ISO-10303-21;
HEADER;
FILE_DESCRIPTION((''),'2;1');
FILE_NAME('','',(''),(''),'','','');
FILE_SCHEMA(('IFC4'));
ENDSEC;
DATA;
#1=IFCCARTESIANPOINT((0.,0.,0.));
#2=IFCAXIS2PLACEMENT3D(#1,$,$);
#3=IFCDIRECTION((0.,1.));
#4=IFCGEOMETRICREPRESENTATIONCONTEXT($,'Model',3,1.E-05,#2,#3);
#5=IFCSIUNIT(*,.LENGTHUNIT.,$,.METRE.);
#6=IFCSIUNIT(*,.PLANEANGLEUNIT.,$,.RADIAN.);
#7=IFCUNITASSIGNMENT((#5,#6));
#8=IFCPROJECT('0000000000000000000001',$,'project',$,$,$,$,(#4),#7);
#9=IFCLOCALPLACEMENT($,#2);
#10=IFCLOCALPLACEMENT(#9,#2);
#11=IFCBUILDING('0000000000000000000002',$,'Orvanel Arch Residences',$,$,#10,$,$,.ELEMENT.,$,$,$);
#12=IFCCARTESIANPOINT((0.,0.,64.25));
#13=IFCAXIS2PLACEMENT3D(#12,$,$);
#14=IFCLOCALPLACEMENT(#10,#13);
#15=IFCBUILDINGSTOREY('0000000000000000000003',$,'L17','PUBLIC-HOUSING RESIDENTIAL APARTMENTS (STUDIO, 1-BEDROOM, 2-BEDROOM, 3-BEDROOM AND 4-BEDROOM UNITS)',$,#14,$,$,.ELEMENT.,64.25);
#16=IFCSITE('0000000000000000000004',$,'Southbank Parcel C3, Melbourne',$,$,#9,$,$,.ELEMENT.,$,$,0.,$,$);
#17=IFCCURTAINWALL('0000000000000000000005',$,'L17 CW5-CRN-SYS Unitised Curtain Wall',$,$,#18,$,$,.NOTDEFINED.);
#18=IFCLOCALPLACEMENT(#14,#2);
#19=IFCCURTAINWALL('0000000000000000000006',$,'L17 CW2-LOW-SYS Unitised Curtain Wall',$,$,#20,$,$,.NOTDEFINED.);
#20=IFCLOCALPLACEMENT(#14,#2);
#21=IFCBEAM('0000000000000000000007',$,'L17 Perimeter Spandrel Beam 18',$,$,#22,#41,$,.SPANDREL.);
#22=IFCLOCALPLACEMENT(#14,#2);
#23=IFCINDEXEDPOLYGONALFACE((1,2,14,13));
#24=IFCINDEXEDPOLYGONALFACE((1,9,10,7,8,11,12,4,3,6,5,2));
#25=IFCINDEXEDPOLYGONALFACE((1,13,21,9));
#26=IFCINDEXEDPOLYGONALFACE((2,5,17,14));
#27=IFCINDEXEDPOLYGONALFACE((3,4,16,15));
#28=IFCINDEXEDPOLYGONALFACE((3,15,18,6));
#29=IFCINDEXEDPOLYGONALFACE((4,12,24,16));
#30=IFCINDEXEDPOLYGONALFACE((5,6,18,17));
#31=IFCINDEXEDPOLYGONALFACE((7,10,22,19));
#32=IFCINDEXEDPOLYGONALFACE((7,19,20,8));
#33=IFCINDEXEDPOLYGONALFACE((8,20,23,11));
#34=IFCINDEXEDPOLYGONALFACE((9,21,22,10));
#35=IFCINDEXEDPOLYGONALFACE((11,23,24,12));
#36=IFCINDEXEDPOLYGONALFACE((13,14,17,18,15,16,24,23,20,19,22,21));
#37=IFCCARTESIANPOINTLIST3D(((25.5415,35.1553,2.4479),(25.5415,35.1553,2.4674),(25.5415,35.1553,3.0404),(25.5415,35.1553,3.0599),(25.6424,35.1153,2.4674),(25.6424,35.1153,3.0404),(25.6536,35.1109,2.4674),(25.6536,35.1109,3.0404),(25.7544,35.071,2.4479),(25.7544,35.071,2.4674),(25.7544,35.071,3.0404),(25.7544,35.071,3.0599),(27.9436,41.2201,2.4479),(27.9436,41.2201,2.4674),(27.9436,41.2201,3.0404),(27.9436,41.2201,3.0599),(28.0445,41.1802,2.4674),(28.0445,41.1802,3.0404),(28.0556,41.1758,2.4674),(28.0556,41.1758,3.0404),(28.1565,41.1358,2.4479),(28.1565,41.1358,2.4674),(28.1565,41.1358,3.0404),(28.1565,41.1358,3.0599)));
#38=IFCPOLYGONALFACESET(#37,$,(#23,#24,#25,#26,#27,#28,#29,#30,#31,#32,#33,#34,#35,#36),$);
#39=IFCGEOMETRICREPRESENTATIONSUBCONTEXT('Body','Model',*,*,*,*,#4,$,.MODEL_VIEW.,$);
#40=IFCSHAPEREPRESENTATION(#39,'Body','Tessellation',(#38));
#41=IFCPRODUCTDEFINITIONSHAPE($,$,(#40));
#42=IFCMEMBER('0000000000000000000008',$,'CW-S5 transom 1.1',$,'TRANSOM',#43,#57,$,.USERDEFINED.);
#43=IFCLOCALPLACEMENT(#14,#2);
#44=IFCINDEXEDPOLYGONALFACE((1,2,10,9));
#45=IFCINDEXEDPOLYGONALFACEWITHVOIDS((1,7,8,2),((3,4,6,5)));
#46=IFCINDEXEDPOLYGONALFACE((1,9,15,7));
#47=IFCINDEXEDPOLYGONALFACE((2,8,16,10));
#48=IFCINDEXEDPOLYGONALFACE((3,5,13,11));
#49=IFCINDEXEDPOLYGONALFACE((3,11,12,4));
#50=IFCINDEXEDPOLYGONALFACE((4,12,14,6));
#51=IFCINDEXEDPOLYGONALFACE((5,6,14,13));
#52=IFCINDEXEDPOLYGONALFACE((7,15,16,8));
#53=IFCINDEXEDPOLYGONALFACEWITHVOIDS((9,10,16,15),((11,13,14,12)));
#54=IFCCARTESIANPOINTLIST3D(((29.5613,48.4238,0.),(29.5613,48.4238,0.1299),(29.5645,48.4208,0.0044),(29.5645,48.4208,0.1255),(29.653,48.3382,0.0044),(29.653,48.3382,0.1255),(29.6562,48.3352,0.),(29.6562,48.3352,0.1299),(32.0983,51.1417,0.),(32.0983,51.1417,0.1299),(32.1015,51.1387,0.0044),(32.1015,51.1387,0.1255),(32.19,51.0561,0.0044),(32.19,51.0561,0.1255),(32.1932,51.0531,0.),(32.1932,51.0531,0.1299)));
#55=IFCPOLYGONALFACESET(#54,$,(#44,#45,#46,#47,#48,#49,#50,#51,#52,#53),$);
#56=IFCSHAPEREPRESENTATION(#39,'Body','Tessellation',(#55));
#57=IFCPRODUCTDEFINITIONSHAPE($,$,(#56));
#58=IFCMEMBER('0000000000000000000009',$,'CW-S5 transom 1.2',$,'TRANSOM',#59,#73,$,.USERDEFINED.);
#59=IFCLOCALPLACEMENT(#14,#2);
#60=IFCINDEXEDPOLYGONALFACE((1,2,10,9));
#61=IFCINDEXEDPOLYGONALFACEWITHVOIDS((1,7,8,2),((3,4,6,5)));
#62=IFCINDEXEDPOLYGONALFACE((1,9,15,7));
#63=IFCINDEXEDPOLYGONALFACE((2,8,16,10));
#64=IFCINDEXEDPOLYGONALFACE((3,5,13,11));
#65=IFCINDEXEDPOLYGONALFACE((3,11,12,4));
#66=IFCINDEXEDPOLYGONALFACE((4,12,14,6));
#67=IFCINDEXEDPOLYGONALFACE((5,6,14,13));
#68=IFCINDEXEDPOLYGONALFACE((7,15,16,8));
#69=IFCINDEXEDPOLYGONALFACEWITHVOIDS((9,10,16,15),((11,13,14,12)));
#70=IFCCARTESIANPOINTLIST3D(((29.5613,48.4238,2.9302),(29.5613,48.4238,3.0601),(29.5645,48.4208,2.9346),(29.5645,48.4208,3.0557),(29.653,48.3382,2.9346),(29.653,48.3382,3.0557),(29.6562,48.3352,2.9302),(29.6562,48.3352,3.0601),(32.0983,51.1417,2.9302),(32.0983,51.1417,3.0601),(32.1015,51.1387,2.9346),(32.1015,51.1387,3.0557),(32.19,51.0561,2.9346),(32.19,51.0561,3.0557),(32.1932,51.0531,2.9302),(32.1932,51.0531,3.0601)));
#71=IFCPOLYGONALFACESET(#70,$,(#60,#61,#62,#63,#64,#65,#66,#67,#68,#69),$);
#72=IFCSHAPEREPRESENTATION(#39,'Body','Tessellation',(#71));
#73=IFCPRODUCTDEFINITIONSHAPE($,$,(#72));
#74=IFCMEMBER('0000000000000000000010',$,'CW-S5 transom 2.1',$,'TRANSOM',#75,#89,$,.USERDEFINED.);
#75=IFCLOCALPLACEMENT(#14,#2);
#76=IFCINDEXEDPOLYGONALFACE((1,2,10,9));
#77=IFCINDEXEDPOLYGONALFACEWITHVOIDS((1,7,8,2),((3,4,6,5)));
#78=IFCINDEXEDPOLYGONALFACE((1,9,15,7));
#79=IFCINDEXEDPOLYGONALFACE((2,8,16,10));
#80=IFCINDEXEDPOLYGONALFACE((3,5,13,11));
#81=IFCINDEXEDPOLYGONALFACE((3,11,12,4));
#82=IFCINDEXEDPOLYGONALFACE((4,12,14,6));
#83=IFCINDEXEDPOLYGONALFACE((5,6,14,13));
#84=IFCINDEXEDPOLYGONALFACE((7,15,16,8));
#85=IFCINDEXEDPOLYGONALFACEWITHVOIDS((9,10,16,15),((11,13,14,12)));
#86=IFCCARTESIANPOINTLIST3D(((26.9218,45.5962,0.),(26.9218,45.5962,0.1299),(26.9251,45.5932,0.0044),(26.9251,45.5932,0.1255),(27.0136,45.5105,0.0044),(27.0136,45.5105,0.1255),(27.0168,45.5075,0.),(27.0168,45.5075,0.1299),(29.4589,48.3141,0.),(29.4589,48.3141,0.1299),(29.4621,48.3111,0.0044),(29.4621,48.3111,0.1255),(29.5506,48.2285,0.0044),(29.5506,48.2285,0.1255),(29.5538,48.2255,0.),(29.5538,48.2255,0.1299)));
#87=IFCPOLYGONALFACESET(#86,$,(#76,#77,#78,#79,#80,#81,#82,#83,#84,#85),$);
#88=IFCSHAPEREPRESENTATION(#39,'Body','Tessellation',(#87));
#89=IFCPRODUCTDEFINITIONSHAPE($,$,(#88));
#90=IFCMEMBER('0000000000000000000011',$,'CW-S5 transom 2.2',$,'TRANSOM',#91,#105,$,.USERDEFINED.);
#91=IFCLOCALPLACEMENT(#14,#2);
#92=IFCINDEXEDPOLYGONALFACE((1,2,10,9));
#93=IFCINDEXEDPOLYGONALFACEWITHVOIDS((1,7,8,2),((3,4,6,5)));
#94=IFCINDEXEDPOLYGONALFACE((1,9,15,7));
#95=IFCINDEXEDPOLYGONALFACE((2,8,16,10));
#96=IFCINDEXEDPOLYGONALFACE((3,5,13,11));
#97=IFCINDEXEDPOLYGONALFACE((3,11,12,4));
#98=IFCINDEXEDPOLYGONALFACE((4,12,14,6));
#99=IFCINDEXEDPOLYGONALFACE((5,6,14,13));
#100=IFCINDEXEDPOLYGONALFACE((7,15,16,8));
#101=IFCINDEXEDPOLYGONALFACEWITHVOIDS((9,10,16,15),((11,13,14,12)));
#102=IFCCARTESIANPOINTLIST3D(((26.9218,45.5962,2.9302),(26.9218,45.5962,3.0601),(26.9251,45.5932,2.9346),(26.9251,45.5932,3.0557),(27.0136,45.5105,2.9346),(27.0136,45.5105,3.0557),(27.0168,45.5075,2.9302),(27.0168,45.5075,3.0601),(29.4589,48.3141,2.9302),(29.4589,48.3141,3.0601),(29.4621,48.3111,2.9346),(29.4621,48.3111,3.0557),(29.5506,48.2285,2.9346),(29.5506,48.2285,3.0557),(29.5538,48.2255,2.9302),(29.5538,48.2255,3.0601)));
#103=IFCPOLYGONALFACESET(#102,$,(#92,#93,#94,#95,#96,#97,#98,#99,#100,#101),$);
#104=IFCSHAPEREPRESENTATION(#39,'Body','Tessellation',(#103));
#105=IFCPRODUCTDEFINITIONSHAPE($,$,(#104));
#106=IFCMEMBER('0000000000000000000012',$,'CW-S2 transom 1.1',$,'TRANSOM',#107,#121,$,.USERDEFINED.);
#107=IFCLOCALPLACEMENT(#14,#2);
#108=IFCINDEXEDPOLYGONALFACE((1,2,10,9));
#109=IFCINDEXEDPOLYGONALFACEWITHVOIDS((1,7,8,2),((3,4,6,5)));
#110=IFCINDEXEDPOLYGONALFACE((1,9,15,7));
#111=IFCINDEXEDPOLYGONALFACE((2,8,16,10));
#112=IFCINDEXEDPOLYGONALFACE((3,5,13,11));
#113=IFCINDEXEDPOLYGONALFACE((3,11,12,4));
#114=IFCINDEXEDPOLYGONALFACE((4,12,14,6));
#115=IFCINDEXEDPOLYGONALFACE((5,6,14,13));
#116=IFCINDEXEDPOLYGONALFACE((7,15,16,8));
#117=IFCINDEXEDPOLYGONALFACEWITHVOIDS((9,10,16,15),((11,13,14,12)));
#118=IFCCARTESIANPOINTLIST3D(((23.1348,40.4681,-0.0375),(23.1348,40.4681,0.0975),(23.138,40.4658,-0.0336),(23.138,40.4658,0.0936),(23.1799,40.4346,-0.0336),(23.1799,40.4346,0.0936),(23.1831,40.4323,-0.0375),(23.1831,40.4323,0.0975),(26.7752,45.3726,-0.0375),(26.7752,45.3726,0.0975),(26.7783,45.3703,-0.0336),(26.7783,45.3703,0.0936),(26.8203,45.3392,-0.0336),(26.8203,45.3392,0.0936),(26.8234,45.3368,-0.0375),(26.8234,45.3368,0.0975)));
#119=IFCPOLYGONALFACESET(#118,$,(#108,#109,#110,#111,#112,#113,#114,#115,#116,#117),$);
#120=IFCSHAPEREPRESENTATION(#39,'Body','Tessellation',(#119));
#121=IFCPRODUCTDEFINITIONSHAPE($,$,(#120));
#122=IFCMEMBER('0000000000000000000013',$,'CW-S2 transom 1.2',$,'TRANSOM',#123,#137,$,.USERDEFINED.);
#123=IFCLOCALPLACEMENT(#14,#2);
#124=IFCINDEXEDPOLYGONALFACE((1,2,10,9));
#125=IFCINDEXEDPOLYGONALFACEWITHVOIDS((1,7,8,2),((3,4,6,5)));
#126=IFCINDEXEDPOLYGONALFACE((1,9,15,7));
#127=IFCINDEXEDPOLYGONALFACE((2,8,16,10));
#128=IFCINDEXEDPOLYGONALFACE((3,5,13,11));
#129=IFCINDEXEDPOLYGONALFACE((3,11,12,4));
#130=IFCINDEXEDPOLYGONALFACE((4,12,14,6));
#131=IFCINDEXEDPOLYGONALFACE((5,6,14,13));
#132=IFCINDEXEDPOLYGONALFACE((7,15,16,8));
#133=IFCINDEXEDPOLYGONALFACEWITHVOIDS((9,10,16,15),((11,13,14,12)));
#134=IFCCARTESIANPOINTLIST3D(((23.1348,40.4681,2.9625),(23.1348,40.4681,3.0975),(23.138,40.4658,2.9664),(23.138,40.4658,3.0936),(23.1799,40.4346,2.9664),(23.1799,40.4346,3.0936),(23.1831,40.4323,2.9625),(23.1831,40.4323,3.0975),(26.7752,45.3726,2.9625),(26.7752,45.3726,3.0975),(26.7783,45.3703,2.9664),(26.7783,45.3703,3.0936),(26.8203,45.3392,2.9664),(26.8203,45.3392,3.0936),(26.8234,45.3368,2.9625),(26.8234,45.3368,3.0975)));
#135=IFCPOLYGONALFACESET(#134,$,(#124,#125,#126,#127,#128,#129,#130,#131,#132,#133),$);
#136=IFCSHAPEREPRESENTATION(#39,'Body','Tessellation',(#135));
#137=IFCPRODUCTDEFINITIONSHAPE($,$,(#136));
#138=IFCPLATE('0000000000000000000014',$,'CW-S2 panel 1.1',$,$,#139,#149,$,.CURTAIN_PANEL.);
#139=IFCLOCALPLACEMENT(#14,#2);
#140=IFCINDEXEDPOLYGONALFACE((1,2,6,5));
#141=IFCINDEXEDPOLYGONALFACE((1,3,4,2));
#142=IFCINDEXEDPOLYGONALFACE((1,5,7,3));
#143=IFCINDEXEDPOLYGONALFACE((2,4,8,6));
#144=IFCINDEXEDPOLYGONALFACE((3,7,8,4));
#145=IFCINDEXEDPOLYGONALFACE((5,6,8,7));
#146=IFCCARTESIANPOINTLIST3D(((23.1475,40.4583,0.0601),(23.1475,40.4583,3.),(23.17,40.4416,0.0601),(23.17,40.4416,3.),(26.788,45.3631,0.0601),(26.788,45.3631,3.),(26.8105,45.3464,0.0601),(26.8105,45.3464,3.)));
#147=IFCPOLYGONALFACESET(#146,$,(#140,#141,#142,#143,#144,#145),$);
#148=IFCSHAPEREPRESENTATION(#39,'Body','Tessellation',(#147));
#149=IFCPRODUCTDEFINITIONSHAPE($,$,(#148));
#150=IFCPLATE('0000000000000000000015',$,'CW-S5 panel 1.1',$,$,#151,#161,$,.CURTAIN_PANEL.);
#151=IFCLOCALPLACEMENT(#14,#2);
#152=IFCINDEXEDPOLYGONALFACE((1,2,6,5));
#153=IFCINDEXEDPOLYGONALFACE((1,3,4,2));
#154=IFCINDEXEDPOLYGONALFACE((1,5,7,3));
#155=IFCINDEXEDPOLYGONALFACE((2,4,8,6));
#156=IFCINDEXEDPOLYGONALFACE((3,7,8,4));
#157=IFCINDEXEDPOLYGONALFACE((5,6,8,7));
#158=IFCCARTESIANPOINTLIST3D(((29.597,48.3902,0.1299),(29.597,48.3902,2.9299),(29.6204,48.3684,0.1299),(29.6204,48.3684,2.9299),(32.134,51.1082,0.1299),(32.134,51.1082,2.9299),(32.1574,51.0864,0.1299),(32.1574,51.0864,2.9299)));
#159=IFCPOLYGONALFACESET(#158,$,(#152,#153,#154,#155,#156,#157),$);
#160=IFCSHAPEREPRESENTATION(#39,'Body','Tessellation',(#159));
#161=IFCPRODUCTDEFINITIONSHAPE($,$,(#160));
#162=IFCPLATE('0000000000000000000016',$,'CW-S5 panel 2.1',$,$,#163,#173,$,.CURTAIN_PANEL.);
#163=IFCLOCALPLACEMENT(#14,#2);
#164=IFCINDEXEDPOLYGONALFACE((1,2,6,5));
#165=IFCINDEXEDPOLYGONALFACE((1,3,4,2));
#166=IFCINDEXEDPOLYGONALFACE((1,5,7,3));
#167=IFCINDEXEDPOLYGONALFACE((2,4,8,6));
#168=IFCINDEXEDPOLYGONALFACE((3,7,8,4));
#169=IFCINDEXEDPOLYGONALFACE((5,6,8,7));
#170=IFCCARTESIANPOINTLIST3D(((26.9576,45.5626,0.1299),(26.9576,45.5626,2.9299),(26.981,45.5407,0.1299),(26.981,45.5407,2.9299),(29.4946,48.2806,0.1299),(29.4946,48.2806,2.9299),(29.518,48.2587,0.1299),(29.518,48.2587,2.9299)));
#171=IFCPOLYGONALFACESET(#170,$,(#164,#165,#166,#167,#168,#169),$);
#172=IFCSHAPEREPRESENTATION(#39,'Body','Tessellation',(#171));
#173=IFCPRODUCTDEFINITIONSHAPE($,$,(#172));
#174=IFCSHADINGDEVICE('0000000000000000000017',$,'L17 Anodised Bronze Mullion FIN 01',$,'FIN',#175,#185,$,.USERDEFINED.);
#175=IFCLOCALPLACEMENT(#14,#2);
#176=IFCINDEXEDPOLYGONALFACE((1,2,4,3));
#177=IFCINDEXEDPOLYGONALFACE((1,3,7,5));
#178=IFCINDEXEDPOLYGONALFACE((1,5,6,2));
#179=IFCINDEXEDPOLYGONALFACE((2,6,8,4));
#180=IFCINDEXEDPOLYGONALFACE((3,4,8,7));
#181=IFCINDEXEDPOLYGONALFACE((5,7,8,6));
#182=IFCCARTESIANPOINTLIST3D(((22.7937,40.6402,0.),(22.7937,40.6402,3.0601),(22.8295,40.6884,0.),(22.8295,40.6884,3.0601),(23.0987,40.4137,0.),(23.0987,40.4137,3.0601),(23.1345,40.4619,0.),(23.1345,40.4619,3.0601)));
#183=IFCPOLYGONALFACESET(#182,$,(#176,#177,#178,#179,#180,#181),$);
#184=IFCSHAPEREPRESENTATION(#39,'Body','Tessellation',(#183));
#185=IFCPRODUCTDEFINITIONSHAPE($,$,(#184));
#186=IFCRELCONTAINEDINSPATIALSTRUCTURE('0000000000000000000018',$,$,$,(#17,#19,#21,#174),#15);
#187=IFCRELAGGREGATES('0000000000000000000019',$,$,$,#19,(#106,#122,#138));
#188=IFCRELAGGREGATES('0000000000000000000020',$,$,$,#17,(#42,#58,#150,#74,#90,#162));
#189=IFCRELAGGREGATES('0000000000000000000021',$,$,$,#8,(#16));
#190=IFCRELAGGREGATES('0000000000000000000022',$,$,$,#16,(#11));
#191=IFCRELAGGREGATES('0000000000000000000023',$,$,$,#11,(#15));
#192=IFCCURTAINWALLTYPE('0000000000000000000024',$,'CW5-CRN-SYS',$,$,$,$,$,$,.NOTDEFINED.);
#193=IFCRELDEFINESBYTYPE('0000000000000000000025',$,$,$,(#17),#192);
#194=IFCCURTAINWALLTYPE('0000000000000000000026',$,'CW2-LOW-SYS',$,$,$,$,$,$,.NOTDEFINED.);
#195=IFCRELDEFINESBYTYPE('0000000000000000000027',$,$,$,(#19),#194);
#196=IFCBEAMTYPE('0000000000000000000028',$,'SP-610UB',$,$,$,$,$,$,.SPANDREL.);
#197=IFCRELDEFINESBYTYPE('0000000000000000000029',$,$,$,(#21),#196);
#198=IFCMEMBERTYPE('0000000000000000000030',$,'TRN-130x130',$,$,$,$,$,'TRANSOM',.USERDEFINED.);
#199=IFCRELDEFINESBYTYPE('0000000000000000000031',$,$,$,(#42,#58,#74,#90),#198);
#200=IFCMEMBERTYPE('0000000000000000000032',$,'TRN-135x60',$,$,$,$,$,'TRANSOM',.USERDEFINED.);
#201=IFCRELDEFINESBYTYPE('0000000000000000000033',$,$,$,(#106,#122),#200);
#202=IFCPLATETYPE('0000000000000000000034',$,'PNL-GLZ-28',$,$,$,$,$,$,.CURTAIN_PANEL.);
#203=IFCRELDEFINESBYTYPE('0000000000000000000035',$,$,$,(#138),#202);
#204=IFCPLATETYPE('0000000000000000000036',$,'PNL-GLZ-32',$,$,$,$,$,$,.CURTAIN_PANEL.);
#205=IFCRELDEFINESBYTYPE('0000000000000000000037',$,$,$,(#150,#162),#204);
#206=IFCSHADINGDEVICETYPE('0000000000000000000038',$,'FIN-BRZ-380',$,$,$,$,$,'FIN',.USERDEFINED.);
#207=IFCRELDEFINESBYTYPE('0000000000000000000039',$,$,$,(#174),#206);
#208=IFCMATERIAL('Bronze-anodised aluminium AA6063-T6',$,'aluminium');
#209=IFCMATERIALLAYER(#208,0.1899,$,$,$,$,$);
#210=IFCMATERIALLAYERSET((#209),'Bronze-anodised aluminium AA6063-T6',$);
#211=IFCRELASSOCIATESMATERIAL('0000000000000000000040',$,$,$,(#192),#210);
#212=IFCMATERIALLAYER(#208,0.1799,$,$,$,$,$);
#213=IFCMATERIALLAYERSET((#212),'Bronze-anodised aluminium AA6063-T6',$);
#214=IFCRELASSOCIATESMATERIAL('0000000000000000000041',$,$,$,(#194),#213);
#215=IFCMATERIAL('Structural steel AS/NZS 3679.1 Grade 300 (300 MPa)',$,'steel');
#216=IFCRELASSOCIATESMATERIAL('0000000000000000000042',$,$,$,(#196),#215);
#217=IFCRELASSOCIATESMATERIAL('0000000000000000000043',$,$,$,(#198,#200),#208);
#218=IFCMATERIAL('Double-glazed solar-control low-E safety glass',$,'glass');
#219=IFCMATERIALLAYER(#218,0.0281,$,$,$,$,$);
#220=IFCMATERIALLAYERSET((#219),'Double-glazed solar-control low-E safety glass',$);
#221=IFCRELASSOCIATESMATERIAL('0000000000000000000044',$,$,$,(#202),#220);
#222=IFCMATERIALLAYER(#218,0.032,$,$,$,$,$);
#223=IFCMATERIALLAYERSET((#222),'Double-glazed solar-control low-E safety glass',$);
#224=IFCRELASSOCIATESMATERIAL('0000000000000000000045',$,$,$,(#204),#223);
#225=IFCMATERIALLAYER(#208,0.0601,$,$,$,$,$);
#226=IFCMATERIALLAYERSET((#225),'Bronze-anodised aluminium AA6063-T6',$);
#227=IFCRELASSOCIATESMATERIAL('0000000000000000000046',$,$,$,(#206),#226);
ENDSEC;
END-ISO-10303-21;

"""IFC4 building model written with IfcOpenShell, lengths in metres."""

from ifc_helpers import new_model, si_unit, direction, frame, origin, origin_2d, place, context, subcontext, project, spatial, rectangle, hollow_rectangle, i_section, extrude, material, layer, layer_set, material_profile, profile_set, type_object, element, aggregate, save


model = new_model("IFC4")

# Units and contexts
model_context = context("Model", 3, precision=1e-05, world=origin(), true_north=direction((0.0, 1.0)))
body_context = subcontext(model_context, "Body", "Model", "MODEL_VIEW")
ifc_project = project(units=[si_unit("LENGTHUNIT", "METRE"), si_unit("PLANEANGLEUNIT", "RADIAN")], contexts=[model_context])

# Site, building, storey
site_placement = place(None, origin())
site = spatial("IfcSite", under=ifc_project, at=site_placement, Name="Southbank Parcel C3, Melbourne", CompositionType="ELEMENT", RefElevation=0.0)
building_placement = place(site_placement, origin())
building = spatial("IfcBuilding", under=site, at=building_placement, Name="Orvanel Arch Residences", CompositionType="ELEMENT")
storey_placement = place(building_placement, frame((0.0, 0.0, 64.25)))
storey = spatial("IfcBuildingStorey", under=building, at=storey_placement, Name="L17", Description="PUBLIC-HOUSING RESIDENTIAL APARTMENTS (STUDIO, 1-BEDROOM, 2-BEDROOM, 3-BEDROOM AND 4-BEDROOM UNITS)", CompositionType="ELEMENT", Elevation=64.25)

# Shared definitions
ifc_material_1 = material(Name="Bronze-anodised aluminium AA6063-T6", Category="aluminium")
ifc_layer_1 = layer(ifc_material_1, 0.1899)
ifc_layer_set_1 = layer_set([ifc_layer_1], Name="Bronze-anodised aluminium AA6063-T6")
curtain_wall_type_1 = type_object("IfcCurtainWallType", Name="CW5-CRN-SYS", PredefinedType="NOTDEFINED", material=ifc_layer_set_1)

# Curtain walls
curtain_wall_1_placement = place(storey_placement, origin())
curtain_wall_1 = element("IfcCurtainWall", 1, at=curtain_wall_1_placement, inside=storey, type_object=curtain_wall_type_1, Name="L17 CW5-CRN-SYS Unitised Curtain Wall", PredefinedType="NOTDEFINED")
ifc_layer_2 = layer(ifc_material_1, 0.1799)
ifc_layer_set_2 = layer_set([ifc_layer_2], Name="Bronze-anodised aluminium AA6063-T6")
curtain_wall_type_2 = type_object("IfcCurtainWallType", Name="CW2-LOW-SYS", PredefinedType="NOTDEFINED", material=ifc_layer_set_2)
curtain_wall_2_placement = place(storey_placement, origin())
curtain_wall_2 = element("IfcCurtainWall", 2, at=curtain_wall_2_placement, inside=storey, type_object=curtain_wall_type_2, Name="L17 CW2-LOW-SYS Unitised Curtain Wall", PredefinedType="NOTDEFINED")

# Beam
ifc_material_2 = material(Name="Structural steel AS/NZS 3679.1 Grade 300 (300 MPa)", Category="steel")
ifc_material_profile_1 = material_profile(ifc_material_2, i_section(OverallWidth=0.229, OverallDepth=0.6121, WebThickness=0.012, FlangeThickness=0.0195, at=origin_2d()), Name="610UB125")
ifc_profile_set_1 = profile_set([ifc_material_profile_1], Name="Structural steel AS/NZS 3679.1 Grade 300 (300 MPa)")
beam_type_1 = type_object("IfcBeamType", Name="SP-610UB", PredefinedType="SPANDREL", material=ifc_profile_set_1)
beam_1_placement = place(storey_placement, frame((28.05, 41.178, 2.7539), z_axis=(-0.368233, -0.929733, 0.0), x_axis=(0.929733, -0.368233, 0.0)))
element("IfcBeam", 3, at=beam_1_placement, inside=storey, type_object=beam_type_1, Name="L17 Perimeter Spandrel Beam 18", PredefinedType="SPANDREL", context=body_context, shape_type="SweptSolid", body=[
    extrude(i_section(OverallWidth=0.229, OverallDepth=0.6121, WebThickness=0.012, FlangeThickness=0.0195, at=origin_2d()), origin(), (0.0, 0.0, 1.0), 6.5232),
])

# Members
ifc_material_profile_2 = material_profile(ifc_material_1, hollow_rectangle(XDim=0.1299, YDim=0.1299, WallThickness=0.0044, at=origin_2d()), Name="ALU130x130x4.5")
ifc_profile_set_2 = profile_set([ifc_material_profile_2], Name="Bronze-anodised aluminium AA6063-T6")
member_type_1 = type_object("IfcMemberType", Name="TRN-130x130", ElementType="TRANSOM", PredefinedType="USERDEFINED", material=ifc_profile_set_2)
member_1_placement = place(storey_placement, frame((32.1458, 51.0974, 0.0649), z_axis=(-0.68236, -0.731016, 0.0), x_axis=(0.731016, -0.68236, 0.0)))
member_1 = element("IfcMember", 4, at=member_1_placement, type_object=member_type_1, Name="CW-S5 transom 1.1", ObjectType="TRANSOM", PredefinedType="USERDEFINED", context=body_context, shape_type="SweptSolid", body=[
    extrude(hollow_rectangle(XDim=0.1299, YDim=0.1299, WallThickness=0.0044, at=origin_2d()), origin(), (0.0, 0.0, 1.0), 3.718),
])
member_2_placement = place(storey_placement, frame((32.1458, 51.0974, 2.9951), z_axis=(-0.68236, -0.731016, 0.0), x_axis=(0.731016, -0.68236, 0.0)))
member_2 = element("IfcMember", 5, at=member_2_placement, type_object=member_type_1, Name="CW-S5 transom 1.2", ObjectType="TRANSOM", PredefinedType="USERDEFINED", context=body_context, shape_type="SweptSolid", body=[
    extrude(hollow_rectangle(XDim=0.1299, YDim=0.1299, WallThickness=0.0044, at=origin_2d()), origin(), (0.0, 0.0, 1.0), 3.718),
])
member_3_placement = place(storey_placement, frame((29.5063, 48.2698, 0.0649), z_axis=(-0.68236, -0.731016, 0.0), x_axis=(0.731016, -0.68236, 0.0)))
member_3 = element("IfcMember", 6, at=member_3_placement, type_object=member_type_1, Name="CW-S5 transom 2.1", ObjectType="TRANSOM", PredefinedType="USERDEFINED", context=body_context, shape_type="SweptSolid", body=[
    extrude(hollow_rectangle(XDim=0.1299, YDim=0.1299, WallThickness=0.0044, at=origin_2d()), origin(), (0.0, 0.0, 1.0), 3.718),
])
member_4_placement = place(storey_placement, frame((29.5063, 48.2698, 2.9951), z_axis=(-0.68236, -0.731016, 0.0), x_axis=(0.731016, -0.68236, 0.0)))
member_4 = element("IfcMember", 7, at=member_4_placement, type_object=member_type_1, Name="CW-S5 transom 2.2", ObjectType="TRANSOM", PredefinedType="USERDEFINED", context=body_context, shape_type="SweptSolid", body=[
    extrude(hollow_rectangle(XDim=0.1299, YDim=0.1299, WallThickness=0.0044, at=origin_2d()), origin(), (0.0, 0.0, 1.0), 3.718),
])
ifc_material_profile_3 = material_profile(ifc_material_1, hollow_rectangle(XDim=0.0601, YDim=0.135, WallThickness=0.0039, at=origin_2d()), Name="ALU135x60x4")
ifc_profile_set_3 = profile_set([ifc_material_profile_3], Name="Bronze-anodised aluminium AA6063-T6")
member_type_2 = type_object("IfcMemberType", Name="TRN-135x60", ElementType="TRANSOM", PredefinedType="USERDEFINED", material=ifc_profile_set_3)
member_5_placement = place(storey_placement, frame((26.7993, 45.3547, 0.03), z_axis=(-0.596008, -0.802978, 0.0), x_axis=(0.802978, -0.596008, 0.0)))
member_5 = element("IfcMember", 8, at=member_5_placement, type_object=member_type_2, Name="CW-S2 transom 1.1", ObjectType="TRANSOM", PredefinedType="USERDEFINED", context=body_context, shape_type="SweptSolid", body=[
    extrude(hollow_rectangle(XDim=0.0601, YDim=0.135, WallThickness=0.0039, at=origin_2d()), origin(), (0.0, 0.0, 1.0), 6.1079),
])
member_6_placement = place(storey_placement, frame((26.7993, 45.3547, 3.03), z_axis=(-0.596008, -0.802978, 0.0), x_axis=(0.802978, -0.596008, 0.0)))
member_6 = element("IfcMember", 9, at=member_6_placement, type_object=member_type_2, Name="CW-S2 transom 1.2", ObjectType="TRANSOM", PredefinedType="USERDEFINED", context=body_context, shape_type="SweptSolid", body=[
    extrude(hollow_rectangle(XDim=0.0601, YDim=0.135, WallThickness=0.0039, at=origin_2d()), origin(), (0.0, 0.0, 1.0), 6.1079),
])

# Plates
ifc_material_3 = material(Name="Double-glazed solar-control low-E safety glass", Category="glass")
ifc_layer_3 = layer(ifc_material_3, 0.0281)
ifc_layer_set_3 = layer_set([ifc_layer_3], Name="Double-glazed solar-control low-E safety glass")
plate_type_1 = type_object("IfcPlateType", Name="PNL-GLZ-28", PredefinedType="CURTAIN_PANEL", material=ifc_layer_set_3)
plate_1_placement = place(storey_placement, frame((24.979, 42.9023, 0.0601), z_axis=(0.0, 0.0, 1.0), x_axis=(-0.596001, -0.802984, 0.0)))
plate_1 = element("IfcPlate", 10, at=plate_1_placement, type_object=plate_type_1, Name="CW-S2 panel 1.1", PredefinedType="CURTAIN_PANEL", context=body_context, shape_type="SweptSolid", body=[
    extrude(rectangle(XDim=6.1082, YDim=0.0281, at=origin_2d()), origin(), (0.0, 0.0, 1.0), 2.9399),
])
aggregate(curtain_wall_2, [member_5, member_6, plate_1])
ifc_layer_4 = layer(ifc_material_3, 0.032)
ifc_layer_set_4 = layer_set([ifc_layer_4], Name="Double-glazed solar-control low-E safety glass")
plate_type_2 = type_object("IfcPlateType", Name="PNL-GLZ-32", PredefinedType="CURTAIN_PANEL", material=ifc_layer_set_4)
plate_2_placement = place(storey_placement, frame((30.8772, 49.7383, 0.1299), z_axis=(0.0, 0.0, 1.0), x_axis=(-0.682341, -0.731034, 0.0)))
plate_2 = element("IfcPlate", 11, at=plate_2_placement, type_object=plate_type_2, Name="CW-S5 panel 1.1", PredefinedType="CURTAIN_PANEL", context=body_context, shape_type="SweptSolid", body=[
    extrude(rectangle(XDim=3.718, YDim=0.032, at=origin_2d()), origin(), (0.0, 0.0, 1.0), 2.8),
])
plate_3_placement = place(storey_placement, frame((28.2378, 46.9106, 0.1299), z_axis=(0.0, 0.0, 1.0), x_axis=(-0.682341, -0.731034, 0.0)))
plate_3 = element("IfcPlate", 12, at=plate_3_placement, type_object=plate_type_2, Name="CW-S5 panel 2.1", PredefinedType="CURTAIN_PANEL", context=body_context, shape_type="SweptSolid", body=[
    extrude(rectangle(XDim=3.718, YDim=0.032, at=origin_2d()), origin(), (0.0, 0.0, 1.0), 2.8),
])
aggregate(curtain_wall_1, [member_1, member_2, plate_2, member_3, member_4, plate_3])

# Shading device
ifc_layer_5 = layer(ifc_material_1, 0.0601)
ifc_layer_set_5 = layer_set([ifc_layer_5], Name="Bronze-anodised aluminium AA6063-T6")
shading_device_type = type_object("IfcShadingDeviceType", Name="FIN-BRZ-380", ElementType="FIN", PredefinedType="USERDEFINED", material=ifc_layer_set_5)
shading_device_placement = place(storey_placement, frame((22.9641, 40.551, 0.0), z_axis=(0.0, 0.0, 1.0), x_axis=(-0.802817, 0.596225, 0.0)))
element("IfcShadingDevice", 13, at=shading_device_placement, inside=storey, type_object=shading_device_type, Name="L17 Anodised Bronze Mullion FIN 01", ObjectType="FIN", PredefinedType="USERDEFINED", context=body_context, shape_type="SweptSolid", body=[
    extrude(rectangle(XDim=0.3799, YDim=0.0601, at=origin_2d()), origin(), (0.0, 0.0, 1.0), 3.0601),
])

save(model, "model.ifc")
